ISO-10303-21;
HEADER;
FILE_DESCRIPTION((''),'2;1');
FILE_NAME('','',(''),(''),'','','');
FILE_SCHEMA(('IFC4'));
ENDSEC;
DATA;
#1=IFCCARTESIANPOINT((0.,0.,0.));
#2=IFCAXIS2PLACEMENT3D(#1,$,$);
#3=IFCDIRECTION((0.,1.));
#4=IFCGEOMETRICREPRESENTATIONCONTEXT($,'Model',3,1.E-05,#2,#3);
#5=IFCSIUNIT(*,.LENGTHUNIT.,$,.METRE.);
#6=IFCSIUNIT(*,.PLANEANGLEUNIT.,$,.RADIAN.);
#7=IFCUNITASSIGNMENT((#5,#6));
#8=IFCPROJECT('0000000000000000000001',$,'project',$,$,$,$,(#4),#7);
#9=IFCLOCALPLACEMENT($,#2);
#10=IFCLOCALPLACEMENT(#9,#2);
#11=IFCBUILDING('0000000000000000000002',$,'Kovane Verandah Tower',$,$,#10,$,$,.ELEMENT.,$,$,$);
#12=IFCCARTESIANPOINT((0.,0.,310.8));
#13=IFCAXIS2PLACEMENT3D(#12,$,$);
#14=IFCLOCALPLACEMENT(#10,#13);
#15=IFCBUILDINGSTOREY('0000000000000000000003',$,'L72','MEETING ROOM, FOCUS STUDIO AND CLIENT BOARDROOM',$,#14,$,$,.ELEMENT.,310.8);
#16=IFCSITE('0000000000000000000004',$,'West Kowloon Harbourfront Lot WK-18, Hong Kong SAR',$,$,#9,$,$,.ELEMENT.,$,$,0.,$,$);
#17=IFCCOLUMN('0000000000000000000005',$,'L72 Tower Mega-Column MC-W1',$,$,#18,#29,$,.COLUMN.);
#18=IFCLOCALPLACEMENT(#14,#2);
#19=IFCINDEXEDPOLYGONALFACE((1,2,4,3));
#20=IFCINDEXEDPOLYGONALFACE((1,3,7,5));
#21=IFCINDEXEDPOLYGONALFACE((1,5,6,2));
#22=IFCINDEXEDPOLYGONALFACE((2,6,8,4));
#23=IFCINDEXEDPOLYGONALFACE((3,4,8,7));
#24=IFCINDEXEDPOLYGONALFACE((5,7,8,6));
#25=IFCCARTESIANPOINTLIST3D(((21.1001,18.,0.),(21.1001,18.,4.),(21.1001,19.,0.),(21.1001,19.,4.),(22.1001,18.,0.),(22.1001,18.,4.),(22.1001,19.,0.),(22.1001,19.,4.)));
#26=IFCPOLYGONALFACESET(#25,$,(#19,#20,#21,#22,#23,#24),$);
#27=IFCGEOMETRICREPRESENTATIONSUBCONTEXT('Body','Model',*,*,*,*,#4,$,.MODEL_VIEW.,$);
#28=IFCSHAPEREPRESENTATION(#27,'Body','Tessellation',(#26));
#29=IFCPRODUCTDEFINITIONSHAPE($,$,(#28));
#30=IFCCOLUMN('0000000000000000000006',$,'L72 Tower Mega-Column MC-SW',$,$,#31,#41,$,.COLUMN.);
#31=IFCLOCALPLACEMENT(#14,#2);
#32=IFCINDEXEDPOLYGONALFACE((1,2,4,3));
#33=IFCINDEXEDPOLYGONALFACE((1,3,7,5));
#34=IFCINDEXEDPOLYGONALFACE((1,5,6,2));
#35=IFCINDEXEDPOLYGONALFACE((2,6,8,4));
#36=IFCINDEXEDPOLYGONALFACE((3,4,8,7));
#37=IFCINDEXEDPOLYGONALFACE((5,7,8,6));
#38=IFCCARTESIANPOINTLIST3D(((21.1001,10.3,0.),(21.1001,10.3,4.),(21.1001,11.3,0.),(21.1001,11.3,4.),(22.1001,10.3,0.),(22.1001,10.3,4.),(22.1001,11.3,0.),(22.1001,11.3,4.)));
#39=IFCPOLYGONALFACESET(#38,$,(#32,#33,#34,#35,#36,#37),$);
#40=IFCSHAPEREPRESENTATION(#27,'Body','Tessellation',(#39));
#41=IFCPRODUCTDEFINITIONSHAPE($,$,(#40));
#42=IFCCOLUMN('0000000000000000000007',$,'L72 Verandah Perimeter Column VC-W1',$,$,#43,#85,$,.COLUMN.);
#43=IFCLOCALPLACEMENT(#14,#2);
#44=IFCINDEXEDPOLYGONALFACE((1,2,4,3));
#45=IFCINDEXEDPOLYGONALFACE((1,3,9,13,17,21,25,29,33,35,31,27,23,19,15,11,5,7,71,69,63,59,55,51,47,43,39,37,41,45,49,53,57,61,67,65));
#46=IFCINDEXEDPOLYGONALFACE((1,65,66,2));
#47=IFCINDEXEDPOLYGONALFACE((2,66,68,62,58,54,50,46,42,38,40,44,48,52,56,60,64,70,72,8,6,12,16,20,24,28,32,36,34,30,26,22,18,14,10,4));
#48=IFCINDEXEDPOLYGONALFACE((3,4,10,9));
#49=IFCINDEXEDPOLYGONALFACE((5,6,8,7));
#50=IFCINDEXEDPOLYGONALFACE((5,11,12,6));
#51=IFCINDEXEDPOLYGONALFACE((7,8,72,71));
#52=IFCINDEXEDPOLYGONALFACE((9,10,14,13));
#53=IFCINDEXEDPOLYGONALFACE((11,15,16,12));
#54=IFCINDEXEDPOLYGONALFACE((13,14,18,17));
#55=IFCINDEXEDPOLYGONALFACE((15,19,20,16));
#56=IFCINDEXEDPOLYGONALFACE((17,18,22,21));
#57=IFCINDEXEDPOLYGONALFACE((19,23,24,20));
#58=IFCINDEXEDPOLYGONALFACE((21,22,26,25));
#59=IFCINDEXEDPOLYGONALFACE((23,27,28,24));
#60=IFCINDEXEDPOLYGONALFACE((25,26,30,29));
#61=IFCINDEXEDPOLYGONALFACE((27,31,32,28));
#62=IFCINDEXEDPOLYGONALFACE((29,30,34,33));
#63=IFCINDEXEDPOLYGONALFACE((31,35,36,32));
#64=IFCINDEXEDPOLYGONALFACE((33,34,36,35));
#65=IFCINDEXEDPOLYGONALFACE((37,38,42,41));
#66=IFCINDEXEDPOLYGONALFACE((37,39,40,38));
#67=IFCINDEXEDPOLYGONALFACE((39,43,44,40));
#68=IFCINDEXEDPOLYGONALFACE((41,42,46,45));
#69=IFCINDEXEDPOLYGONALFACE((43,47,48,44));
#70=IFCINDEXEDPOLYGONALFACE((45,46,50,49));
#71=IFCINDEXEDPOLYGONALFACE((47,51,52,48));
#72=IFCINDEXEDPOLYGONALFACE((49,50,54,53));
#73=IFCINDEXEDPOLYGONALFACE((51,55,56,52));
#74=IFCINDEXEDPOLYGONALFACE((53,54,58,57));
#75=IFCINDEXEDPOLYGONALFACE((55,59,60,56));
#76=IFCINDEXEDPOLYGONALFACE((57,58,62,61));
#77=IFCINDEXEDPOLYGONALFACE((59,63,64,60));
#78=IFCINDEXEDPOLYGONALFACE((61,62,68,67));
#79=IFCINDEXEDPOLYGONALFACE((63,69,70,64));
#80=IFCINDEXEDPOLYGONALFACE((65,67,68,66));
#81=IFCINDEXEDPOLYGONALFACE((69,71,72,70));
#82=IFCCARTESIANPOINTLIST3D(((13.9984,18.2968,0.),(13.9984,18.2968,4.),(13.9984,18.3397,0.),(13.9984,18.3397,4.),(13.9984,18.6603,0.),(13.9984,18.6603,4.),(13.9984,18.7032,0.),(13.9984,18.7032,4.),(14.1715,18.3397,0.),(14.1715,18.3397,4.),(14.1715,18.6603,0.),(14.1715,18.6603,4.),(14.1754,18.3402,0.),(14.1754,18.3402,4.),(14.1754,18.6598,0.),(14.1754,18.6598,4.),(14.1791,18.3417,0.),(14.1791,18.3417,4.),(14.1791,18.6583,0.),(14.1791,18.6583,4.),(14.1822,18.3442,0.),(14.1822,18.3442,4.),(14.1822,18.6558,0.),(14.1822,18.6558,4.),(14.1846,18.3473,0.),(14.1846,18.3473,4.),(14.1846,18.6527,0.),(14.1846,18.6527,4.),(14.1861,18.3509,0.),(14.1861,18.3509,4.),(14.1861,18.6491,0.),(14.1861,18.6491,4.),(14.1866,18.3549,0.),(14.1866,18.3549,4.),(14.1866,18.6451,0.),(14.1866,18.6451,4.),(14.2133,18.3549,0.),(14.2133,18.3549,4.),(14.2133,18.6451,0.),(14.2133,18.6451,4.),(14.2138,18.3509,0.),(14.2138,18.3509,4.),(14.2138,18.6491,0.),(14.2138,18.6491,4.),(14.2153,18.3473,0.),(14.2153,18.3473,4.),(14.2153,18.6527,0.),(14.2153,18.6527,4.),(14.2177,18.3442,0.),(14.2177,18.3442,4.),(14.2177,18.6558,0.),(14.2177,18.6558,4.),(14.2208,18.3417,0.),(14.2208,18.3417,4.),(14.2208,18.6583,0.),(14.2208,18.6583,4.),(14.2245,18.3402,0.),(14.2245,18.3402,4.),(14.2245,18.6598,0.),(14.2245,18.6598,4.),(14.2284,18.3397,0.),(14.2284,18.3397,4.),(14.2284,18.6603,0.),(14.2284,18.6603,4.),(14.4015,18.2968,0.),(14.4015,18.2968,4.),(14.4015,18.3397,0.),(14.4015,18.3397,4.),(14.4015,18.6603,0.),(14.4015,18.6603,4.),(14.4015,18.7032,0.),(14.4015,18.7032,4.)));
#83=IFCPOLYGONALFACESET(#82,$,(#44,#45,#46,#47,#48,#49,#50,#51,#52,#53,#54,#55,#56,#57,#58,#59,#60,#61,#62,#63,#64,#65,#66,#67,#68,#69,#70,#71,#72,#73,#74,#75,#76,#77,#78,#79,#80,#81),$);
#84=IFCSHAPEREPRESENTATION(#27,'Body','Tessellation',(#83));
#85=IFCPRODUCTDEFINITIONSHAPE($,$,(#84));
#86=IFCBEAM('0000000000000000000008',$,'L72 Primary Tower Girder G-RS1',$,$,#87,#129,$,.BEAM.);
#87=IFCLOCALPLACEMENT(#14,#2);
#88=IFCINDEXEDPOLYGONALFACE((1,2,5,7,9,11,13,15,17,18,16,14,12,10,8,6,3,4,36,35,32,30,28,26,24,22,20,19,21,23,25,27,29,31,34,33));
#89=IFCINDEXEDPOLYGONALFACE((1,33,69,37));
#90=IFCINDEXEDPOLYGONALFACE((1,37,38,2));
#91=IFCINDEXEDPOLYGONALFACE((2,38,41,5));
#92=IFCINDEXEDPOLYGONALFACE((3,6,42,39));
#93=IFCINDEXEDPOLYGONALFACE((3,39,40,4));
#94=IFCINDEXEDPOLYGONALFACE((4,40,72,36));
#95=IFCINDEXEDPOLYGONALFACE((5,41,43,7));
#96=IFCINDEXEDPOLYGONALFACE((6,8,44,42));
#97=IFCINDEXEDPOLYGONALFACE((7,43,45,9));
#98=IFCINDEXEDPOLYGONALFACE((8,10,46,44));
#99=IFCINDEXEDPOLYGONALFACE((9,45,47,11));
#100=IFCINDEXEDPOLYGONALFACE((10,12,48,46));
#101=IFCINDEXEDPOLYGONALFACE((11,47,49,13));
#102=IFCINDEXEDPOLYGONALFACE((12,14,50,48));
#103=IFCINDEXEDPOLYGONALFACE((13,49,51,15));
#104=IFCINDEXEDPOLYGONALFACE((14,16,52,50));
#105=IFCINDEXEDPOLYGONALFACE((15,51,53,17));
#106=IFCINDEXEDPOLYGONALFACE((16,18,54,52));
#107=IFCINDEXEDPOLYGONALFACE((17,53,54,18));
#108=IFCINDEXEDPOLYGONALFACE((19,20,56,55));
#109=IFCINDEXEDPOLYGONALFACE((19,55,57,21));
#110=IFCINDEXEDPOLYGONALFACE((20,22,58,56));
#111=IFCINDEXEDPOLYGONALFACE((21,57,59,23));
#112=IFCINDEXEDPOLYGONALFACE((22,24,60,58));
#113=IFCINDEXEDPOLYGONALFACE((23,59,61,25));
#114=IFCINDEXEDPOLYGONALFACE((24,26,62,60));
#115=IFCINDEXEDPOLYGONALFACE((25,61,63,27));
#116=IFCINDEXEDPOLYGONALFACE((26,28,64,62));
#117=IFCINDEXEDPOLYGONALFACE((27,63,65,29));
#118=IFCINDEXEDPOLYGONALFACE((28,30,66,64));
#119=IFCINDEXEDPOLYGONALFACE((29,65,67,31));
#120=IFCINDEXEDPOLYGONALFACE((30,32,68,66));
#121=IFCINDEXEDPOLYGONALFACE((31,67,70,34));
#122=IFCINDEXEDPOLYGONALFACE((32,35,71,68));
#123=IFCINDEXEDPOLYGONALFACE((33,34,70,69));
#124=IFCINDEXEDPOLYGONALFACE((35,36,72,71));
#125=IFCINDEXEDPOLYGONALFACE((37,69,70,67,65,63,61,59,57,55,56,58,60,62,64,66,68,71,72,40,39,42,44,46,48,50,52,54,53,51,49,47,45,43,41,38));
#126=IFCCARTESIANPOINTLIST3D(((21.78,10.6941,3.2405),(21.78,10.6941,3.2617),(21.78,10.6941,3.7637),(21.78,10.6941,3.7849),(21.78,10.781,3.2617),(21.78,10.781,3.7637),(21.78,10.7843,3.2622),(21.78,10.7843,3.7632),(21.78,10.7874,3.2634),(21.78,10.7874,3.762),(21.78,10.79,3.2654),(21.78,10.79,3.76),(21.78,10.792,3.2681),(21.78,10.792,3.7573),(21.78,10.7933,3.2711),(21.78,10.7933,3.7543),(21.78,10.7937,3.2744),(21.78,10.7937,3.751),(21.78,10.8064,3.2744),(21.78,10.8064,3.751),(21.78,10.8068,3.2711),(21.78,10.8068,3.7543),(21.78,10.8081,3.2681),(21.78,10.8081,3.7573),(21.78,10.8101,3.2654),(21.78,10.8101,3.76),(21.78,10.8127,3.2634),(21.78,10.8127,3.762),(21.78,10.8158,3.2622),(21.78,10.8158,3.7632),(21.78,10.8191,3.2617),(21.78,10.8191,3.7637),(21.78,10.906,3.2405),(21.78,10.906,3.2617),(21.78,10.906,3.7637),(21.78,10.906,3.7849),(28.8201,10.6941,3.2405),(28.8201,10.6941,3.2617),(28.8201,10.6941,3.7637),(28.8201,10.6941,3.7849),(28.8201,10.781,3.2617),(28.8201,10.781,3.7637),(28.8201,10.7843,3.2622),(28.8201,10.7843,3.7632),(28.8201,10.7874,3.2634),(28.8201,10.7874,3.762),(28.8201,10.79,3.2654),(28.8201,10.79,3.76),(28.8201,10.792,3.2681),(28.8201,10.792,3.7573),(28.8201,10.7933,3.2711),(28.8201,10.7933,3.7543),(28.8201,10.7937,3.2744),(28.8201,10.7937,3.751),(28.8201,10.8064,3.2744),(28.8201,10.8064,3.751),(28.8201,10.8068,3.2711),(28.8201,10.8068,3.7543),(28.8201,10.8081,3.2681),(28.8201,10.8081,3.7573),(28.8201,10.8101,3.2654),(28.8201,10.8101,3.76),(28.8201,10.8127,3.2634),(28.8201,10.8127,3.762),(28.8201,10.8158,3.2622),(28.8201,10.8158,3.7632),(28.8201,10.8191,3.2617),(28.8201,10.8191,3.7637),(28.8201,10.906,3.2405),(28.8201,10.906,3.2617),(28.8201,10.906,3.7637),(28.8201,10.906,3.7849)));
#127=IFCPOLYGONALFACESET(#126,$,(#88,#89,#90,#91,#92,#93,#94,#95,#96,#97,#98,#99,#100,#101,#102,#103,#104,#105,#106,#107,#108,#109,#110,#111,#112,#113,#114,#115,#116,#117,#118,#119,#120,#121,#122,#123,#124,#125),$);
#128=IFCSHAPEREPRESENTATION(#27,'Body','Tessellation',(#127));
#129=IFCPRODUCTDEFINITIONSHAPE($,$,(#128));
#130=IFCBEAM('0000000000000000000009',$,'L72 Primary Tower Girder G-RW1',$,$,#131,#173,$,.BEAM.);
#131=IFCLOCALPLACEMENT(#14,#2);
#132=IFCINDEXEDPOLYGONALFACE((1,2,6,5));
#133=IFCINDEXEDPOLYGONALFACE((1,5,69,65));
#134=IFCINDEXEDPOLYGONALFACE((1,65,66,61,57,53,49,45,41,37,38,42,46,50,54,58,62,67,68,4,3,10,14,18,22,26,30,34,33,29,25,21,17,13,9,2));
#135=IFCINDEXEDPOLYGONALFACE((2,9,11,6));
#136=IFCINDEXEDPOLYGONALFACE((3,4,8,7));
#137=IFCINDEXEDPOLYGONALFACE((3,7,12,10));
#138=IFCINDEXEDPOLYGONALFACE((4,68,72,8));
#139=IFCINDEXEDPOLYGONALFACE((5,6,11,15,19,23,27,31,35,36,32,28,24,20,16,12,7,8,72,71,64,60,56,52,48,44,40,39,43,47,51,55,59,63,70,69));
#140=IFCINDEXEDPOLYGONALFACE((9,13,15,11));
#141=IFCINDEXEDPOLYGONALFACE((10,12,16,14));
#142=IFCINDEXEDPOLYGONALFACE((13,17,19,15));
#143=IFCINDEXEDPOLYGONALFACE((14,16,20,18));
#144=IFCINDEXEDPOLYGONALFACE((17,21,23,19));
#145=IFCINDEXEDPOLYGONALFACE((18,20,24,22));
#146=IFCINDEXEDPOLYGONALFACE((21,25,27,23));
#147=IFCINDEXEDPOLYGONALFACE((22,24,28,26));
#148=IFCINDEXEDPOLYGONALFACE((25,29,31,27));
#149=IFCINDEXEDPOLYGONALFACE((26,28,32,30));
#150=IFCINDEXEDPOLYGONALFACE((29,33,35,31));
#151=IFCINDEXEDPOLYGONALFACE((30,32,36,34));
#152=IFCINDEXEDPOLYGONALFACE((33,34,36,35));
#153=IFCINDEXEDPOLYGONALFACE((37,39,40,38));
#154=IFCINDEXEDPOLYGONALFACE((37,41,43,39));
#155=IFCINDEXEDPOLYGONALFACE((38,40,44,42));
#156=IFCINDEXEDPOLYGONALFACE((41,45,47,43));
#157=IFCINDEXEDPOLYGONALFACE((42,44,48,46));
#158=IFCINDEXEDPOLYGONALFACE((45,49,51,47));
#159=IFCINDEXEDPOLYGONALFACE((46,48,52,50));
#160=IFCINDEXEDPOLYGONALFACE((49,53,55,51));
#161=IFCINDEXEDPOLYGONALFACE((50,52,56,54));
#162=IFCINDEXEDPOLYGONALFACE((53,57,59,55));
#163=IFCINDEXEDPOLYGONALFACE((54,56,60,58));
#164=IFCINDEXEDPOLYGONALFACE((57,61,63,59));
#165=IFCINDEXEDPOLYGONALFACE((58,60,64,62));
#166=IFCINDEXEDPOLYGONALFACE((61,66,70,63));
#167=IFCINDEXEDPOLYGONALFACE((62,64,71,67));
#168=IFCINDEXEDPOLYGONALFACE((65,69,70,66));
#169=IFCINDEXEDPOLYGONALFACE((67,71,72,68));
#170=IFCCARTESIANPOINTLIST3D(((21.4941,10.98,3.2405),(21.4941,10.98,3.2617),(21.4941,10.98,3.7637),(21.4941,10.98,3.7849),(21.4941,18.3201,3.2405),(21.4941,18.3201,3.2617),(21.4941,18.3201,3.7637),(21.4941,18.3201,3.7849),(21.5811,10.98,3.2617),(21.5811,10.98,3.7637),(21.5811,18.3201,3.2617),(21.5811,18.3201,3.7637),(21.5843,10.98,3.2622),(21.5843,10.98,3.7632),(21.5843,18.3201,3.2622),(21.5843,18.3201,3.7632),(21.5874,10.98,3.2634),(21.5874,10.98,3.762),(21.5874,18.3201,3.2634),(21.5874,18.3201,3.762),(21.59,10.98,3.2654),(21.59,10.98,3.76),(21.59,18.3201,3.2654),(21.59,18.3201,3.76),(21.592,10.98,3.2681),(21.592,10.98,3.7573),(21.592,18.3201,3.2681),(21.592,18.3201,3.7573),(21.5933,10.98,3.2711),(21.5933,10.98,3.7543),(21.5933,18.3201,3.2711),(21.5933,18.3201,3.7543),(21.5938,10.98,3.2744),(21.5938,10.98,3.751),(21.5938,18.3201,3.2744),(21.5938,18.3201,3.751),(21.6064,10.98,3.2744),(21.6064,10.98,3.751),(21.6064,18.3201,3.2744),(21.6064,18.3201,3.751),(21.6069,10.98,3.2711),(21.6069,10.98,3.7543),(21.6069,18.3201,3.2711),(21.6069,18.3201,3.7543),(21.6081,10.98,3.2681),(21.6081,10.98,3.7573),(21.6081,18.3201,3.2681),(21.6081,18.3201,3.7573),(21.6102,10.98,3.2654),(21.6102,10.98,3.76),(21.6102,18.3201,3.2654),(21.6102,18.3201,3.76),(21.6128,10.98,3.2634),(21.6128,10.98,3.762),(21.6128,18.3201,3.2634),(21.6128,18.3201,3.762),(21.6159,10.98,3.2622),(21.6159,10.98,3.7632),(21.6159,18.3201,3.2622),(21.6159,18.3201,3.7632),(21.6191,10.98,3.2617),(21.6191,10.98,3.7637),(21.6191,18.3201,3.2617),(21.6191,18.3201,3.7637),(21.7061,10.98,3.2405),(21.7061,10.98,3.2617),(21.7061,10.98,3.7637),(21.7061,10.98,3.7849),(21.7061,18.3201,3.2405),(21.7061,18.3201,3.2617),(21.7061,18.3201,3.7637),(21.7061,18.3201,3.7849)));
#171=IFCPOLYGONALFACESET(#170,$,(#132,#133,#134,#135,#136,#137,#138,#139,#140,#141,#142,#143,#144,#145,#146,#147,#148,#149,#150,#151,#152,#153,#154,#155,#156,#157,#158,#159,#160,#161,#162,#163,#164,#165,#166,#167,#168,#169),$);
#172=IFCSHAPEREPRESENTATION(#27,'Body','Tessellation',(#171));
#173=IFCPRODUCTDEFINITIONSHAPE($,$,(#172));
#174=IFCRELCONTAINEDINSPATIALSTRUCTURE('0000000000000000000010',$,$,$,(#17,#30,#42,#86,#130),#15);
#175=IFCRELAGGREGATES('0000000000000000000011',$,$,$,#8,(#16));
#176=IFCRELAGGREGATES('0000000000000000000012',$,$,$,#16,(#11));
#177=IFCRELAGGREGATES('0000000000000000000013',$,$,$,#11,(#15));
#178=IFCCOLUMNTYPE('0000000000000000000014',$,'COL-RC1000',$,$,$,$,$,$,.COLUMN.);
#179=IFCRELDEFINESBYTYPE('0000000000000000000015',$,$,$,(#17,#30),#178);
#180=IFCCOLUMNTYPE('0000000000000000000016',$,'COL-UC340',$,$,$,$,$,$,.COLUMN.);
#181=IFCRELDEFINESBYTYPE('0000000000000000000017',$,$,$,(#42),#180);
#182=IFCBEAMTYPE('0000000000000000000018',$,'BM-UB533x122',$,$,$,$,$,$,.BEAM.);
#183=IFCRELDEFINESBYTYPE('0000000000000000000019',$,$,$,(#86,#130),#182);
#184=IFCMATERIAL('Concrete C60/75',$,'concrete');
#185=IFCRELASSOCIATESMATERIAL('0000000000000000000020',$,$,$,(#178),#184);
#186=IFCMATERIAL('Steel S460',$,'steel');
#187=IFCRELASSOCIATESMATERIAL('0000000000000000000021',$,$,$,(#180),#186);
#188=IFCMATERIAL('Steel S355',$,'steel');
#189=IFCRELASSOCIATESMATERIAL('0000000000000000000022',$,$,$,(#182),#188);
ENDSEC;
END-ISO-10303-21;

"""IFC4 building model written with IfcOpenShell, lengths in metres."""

from ifc_helpers import new_model, si_unit, direction, frame, origin, origin_2d, place, context, subcontext, project, spatial, rectangle, i_section, extrude, material, material_profile, profile_set, type_object, element, save


model = new_model("IFC4")

# Units and contexts
model_context = context("Model", 3, precision=1e-05, world=origin(), true_north=direction((0.0, 1.0)))
body_context = subcontext(model_context, "Body", "Model", "MODEL_VIEW")
ifc_project = project(units=[si_unit("LENGTHUNIT", "METRE"), si_unit("PLANEANGLEUNIT", "RADIAN")], contexts=[model_context])

# Site, building, storey
site_placement = place(None, origin())
site = spatial("IfcSite", under=ifc_project, at=site_placement, Name="West Kowloon Harbourfront Lot WK-18, Hong Kong SAR", CompositionType="ELEMENT", RefElevation=0.0)
building_placement = place(site_placement, origin())
building = spatial("IfcBuilding", under=site, at=building_placement, Name="Kovane Verandah Tower", CompositionType="ELEMENT")
storey_placement = place(building_placement, frame((0.0, 0.0, 310.8)))
storey = spatial("IfcBuildingStorey", under=building, at=storey_placement, Name="L72", Description="MEETING ROOM, FOCUS STUDIO AND CLIENT BOARDROOM", CompositionType="ELEMENT", Elevation=310.8)

# Columns
ifc_material_1 = material(Name="Concrete C60/75", Category="concrete")
ifc_material_profile_1 = material_profile(ifc_material_1, rectangle(XDim=1.0, YDim=1.0, at=origin_2d()), Name="RC1000x1000")
ifc_profile_set_1 = profile_set([ifc_material_profile_1], Name="Concrete C60/75")
column_type_1 = type_object("IfcColumnType", Name="COL-RC1000", PredefinedType="COLUMN", material=ifc_profile_set_1)
for number, where, z_axis, x_axis, name in (
    (1, (21.6001, 18.5, 0.0), (0.0, 0.0, 1.0), (1.0, 0.0, 0.0), "L72 Tower Mega-Column MC-W1"),
    (2, (21.6001, 10.8, 0.0), (0.0, 0.0, 1.0), (1.0, 0.0, 0.0), "L72 Tower Mega-Column MC-SW"),
):
    element("IfcColumn", number, at=place(storey_placement, frame(where, z_axis=z_axis, x_axis=x_axis)), inside=storey, type_object=column_type_1, Name=name, PredefinedType="COLUMN", context=body_context, shape_type="SweptSolid", body=[
        extrude(rectangle(XDim=1.0, YDim=1.0, at=origin_2d()), origin(), (0.0, 0.0, 1.0), 4.0),
    ])
ifc_material_2 = material(Name="Steel S460", Category="steel")
ifc_material_profile_2 = material_profile(ifc_material_2, i_section(OverallWidth=0.4031, OverallDepth=0.4065, WebThickness=0.0266, FlangeThickness=0.043, FilletRadius=0.0151, at=origin_2d()), Name="UC356x406x340")
ifc_profile_set_2 = profile_set([ifc_material_profile_2], Name="Steel S460")
column_type_2 = type_object("IfcColumnType", Name="COL-UC340", PredefinedType="COLUMN", material=ifc_profile_set_2)
column_placement = place(storey_placement, frame((14.2, 18.5, 0.0), z_axis=(0.0, 0.0, 1.0), x_axis=(1.0, 0.0, 0.0)))
element("IfcColumn", 3, at=column_placement, inside=storey, type_object=column_type_2, Name="L72 Verandah Perimeter Column VC-W1", PredefinedType="COLUMN", context=body_context, shape_type="SweptSolid", body=[
    extrude(i_section(OverallWidth=0.4031, OverallDepth=0.4065, WebThickness=0.0266, FlangeThickness=0.043, FilletRadius=0.0151, at=origin_2d()), origin(), (0.0, 0.0, 1.0), 4.0),
])

# Beams
ifc_material_3 = material(Name="Steel S355", Category="steel")
ifc_material_profile_3 = material_profile(ifc_material_3, i_section(OverallWidth=0.2119, OverallDepth=0.5444, WebThickness=0.0127, FlangeThickness=0.0212, FilletRadius=0.0127, at=origin_2d()), Name="UB533x210x122")
ifc_profile_set_3 = profile_set([ifc_material_profile_3], Name="Steel S355")
beam_type_1 = type_object("IfcBeamType", Name="BM-UB533x122", PredefinedType="BEAM", material=ifc_profile_set_3)
beam_1_placement = place(storey_placement, frame((21.78, 10.8, 3.5127), z_axis=(1.0, 0.0, 0.0), x_axis=(0.0, 1.0, 0.0)))
element("IfcBeam", 4, at=beam_1_placement, inside=storey, type_object=beam_type_1, Name="L72 Primary Tower Girder G-RS1", PredefinedType="BEAM", context=body_context, shape_type="SweptSolid", body=[
    extrude(i_section(OverallWidth=0.2119, OverallDepth=0.5444, WebThickness=0.0127, FlangeThickness=0.0212, FilletRadius=0.0127, at=origin_2d()), origin(), (0.0, 0.0, 1.0), 7.04),
])
beam_2_placement = place(storey_placement, frame((21.6001, 10.98, 3.5127), z_axis=(0.0, 1.0, 0.0), x_axis=(-1.0, 0.0, 0.0)))
element("IfcBeam", 5, at=beam_2_placement, inside=storey, type_object=beam_type_1, Name="L72 Primary Tower Girder G-RW1", PredefinedType="BEAM", context=body_context, shape_type="SweptSolid", body=[
    extrude(i_section(OverallWidth=0.2119, OverallDepth=0.5444, WebThickness=0.0127, FlangeThickness=0.0212, FilletRadius=0.0127, at=origin_2d()), origin(), (0.0, 0.0, 1.0), 7.3401),
])

save(model, "model.ifc")
